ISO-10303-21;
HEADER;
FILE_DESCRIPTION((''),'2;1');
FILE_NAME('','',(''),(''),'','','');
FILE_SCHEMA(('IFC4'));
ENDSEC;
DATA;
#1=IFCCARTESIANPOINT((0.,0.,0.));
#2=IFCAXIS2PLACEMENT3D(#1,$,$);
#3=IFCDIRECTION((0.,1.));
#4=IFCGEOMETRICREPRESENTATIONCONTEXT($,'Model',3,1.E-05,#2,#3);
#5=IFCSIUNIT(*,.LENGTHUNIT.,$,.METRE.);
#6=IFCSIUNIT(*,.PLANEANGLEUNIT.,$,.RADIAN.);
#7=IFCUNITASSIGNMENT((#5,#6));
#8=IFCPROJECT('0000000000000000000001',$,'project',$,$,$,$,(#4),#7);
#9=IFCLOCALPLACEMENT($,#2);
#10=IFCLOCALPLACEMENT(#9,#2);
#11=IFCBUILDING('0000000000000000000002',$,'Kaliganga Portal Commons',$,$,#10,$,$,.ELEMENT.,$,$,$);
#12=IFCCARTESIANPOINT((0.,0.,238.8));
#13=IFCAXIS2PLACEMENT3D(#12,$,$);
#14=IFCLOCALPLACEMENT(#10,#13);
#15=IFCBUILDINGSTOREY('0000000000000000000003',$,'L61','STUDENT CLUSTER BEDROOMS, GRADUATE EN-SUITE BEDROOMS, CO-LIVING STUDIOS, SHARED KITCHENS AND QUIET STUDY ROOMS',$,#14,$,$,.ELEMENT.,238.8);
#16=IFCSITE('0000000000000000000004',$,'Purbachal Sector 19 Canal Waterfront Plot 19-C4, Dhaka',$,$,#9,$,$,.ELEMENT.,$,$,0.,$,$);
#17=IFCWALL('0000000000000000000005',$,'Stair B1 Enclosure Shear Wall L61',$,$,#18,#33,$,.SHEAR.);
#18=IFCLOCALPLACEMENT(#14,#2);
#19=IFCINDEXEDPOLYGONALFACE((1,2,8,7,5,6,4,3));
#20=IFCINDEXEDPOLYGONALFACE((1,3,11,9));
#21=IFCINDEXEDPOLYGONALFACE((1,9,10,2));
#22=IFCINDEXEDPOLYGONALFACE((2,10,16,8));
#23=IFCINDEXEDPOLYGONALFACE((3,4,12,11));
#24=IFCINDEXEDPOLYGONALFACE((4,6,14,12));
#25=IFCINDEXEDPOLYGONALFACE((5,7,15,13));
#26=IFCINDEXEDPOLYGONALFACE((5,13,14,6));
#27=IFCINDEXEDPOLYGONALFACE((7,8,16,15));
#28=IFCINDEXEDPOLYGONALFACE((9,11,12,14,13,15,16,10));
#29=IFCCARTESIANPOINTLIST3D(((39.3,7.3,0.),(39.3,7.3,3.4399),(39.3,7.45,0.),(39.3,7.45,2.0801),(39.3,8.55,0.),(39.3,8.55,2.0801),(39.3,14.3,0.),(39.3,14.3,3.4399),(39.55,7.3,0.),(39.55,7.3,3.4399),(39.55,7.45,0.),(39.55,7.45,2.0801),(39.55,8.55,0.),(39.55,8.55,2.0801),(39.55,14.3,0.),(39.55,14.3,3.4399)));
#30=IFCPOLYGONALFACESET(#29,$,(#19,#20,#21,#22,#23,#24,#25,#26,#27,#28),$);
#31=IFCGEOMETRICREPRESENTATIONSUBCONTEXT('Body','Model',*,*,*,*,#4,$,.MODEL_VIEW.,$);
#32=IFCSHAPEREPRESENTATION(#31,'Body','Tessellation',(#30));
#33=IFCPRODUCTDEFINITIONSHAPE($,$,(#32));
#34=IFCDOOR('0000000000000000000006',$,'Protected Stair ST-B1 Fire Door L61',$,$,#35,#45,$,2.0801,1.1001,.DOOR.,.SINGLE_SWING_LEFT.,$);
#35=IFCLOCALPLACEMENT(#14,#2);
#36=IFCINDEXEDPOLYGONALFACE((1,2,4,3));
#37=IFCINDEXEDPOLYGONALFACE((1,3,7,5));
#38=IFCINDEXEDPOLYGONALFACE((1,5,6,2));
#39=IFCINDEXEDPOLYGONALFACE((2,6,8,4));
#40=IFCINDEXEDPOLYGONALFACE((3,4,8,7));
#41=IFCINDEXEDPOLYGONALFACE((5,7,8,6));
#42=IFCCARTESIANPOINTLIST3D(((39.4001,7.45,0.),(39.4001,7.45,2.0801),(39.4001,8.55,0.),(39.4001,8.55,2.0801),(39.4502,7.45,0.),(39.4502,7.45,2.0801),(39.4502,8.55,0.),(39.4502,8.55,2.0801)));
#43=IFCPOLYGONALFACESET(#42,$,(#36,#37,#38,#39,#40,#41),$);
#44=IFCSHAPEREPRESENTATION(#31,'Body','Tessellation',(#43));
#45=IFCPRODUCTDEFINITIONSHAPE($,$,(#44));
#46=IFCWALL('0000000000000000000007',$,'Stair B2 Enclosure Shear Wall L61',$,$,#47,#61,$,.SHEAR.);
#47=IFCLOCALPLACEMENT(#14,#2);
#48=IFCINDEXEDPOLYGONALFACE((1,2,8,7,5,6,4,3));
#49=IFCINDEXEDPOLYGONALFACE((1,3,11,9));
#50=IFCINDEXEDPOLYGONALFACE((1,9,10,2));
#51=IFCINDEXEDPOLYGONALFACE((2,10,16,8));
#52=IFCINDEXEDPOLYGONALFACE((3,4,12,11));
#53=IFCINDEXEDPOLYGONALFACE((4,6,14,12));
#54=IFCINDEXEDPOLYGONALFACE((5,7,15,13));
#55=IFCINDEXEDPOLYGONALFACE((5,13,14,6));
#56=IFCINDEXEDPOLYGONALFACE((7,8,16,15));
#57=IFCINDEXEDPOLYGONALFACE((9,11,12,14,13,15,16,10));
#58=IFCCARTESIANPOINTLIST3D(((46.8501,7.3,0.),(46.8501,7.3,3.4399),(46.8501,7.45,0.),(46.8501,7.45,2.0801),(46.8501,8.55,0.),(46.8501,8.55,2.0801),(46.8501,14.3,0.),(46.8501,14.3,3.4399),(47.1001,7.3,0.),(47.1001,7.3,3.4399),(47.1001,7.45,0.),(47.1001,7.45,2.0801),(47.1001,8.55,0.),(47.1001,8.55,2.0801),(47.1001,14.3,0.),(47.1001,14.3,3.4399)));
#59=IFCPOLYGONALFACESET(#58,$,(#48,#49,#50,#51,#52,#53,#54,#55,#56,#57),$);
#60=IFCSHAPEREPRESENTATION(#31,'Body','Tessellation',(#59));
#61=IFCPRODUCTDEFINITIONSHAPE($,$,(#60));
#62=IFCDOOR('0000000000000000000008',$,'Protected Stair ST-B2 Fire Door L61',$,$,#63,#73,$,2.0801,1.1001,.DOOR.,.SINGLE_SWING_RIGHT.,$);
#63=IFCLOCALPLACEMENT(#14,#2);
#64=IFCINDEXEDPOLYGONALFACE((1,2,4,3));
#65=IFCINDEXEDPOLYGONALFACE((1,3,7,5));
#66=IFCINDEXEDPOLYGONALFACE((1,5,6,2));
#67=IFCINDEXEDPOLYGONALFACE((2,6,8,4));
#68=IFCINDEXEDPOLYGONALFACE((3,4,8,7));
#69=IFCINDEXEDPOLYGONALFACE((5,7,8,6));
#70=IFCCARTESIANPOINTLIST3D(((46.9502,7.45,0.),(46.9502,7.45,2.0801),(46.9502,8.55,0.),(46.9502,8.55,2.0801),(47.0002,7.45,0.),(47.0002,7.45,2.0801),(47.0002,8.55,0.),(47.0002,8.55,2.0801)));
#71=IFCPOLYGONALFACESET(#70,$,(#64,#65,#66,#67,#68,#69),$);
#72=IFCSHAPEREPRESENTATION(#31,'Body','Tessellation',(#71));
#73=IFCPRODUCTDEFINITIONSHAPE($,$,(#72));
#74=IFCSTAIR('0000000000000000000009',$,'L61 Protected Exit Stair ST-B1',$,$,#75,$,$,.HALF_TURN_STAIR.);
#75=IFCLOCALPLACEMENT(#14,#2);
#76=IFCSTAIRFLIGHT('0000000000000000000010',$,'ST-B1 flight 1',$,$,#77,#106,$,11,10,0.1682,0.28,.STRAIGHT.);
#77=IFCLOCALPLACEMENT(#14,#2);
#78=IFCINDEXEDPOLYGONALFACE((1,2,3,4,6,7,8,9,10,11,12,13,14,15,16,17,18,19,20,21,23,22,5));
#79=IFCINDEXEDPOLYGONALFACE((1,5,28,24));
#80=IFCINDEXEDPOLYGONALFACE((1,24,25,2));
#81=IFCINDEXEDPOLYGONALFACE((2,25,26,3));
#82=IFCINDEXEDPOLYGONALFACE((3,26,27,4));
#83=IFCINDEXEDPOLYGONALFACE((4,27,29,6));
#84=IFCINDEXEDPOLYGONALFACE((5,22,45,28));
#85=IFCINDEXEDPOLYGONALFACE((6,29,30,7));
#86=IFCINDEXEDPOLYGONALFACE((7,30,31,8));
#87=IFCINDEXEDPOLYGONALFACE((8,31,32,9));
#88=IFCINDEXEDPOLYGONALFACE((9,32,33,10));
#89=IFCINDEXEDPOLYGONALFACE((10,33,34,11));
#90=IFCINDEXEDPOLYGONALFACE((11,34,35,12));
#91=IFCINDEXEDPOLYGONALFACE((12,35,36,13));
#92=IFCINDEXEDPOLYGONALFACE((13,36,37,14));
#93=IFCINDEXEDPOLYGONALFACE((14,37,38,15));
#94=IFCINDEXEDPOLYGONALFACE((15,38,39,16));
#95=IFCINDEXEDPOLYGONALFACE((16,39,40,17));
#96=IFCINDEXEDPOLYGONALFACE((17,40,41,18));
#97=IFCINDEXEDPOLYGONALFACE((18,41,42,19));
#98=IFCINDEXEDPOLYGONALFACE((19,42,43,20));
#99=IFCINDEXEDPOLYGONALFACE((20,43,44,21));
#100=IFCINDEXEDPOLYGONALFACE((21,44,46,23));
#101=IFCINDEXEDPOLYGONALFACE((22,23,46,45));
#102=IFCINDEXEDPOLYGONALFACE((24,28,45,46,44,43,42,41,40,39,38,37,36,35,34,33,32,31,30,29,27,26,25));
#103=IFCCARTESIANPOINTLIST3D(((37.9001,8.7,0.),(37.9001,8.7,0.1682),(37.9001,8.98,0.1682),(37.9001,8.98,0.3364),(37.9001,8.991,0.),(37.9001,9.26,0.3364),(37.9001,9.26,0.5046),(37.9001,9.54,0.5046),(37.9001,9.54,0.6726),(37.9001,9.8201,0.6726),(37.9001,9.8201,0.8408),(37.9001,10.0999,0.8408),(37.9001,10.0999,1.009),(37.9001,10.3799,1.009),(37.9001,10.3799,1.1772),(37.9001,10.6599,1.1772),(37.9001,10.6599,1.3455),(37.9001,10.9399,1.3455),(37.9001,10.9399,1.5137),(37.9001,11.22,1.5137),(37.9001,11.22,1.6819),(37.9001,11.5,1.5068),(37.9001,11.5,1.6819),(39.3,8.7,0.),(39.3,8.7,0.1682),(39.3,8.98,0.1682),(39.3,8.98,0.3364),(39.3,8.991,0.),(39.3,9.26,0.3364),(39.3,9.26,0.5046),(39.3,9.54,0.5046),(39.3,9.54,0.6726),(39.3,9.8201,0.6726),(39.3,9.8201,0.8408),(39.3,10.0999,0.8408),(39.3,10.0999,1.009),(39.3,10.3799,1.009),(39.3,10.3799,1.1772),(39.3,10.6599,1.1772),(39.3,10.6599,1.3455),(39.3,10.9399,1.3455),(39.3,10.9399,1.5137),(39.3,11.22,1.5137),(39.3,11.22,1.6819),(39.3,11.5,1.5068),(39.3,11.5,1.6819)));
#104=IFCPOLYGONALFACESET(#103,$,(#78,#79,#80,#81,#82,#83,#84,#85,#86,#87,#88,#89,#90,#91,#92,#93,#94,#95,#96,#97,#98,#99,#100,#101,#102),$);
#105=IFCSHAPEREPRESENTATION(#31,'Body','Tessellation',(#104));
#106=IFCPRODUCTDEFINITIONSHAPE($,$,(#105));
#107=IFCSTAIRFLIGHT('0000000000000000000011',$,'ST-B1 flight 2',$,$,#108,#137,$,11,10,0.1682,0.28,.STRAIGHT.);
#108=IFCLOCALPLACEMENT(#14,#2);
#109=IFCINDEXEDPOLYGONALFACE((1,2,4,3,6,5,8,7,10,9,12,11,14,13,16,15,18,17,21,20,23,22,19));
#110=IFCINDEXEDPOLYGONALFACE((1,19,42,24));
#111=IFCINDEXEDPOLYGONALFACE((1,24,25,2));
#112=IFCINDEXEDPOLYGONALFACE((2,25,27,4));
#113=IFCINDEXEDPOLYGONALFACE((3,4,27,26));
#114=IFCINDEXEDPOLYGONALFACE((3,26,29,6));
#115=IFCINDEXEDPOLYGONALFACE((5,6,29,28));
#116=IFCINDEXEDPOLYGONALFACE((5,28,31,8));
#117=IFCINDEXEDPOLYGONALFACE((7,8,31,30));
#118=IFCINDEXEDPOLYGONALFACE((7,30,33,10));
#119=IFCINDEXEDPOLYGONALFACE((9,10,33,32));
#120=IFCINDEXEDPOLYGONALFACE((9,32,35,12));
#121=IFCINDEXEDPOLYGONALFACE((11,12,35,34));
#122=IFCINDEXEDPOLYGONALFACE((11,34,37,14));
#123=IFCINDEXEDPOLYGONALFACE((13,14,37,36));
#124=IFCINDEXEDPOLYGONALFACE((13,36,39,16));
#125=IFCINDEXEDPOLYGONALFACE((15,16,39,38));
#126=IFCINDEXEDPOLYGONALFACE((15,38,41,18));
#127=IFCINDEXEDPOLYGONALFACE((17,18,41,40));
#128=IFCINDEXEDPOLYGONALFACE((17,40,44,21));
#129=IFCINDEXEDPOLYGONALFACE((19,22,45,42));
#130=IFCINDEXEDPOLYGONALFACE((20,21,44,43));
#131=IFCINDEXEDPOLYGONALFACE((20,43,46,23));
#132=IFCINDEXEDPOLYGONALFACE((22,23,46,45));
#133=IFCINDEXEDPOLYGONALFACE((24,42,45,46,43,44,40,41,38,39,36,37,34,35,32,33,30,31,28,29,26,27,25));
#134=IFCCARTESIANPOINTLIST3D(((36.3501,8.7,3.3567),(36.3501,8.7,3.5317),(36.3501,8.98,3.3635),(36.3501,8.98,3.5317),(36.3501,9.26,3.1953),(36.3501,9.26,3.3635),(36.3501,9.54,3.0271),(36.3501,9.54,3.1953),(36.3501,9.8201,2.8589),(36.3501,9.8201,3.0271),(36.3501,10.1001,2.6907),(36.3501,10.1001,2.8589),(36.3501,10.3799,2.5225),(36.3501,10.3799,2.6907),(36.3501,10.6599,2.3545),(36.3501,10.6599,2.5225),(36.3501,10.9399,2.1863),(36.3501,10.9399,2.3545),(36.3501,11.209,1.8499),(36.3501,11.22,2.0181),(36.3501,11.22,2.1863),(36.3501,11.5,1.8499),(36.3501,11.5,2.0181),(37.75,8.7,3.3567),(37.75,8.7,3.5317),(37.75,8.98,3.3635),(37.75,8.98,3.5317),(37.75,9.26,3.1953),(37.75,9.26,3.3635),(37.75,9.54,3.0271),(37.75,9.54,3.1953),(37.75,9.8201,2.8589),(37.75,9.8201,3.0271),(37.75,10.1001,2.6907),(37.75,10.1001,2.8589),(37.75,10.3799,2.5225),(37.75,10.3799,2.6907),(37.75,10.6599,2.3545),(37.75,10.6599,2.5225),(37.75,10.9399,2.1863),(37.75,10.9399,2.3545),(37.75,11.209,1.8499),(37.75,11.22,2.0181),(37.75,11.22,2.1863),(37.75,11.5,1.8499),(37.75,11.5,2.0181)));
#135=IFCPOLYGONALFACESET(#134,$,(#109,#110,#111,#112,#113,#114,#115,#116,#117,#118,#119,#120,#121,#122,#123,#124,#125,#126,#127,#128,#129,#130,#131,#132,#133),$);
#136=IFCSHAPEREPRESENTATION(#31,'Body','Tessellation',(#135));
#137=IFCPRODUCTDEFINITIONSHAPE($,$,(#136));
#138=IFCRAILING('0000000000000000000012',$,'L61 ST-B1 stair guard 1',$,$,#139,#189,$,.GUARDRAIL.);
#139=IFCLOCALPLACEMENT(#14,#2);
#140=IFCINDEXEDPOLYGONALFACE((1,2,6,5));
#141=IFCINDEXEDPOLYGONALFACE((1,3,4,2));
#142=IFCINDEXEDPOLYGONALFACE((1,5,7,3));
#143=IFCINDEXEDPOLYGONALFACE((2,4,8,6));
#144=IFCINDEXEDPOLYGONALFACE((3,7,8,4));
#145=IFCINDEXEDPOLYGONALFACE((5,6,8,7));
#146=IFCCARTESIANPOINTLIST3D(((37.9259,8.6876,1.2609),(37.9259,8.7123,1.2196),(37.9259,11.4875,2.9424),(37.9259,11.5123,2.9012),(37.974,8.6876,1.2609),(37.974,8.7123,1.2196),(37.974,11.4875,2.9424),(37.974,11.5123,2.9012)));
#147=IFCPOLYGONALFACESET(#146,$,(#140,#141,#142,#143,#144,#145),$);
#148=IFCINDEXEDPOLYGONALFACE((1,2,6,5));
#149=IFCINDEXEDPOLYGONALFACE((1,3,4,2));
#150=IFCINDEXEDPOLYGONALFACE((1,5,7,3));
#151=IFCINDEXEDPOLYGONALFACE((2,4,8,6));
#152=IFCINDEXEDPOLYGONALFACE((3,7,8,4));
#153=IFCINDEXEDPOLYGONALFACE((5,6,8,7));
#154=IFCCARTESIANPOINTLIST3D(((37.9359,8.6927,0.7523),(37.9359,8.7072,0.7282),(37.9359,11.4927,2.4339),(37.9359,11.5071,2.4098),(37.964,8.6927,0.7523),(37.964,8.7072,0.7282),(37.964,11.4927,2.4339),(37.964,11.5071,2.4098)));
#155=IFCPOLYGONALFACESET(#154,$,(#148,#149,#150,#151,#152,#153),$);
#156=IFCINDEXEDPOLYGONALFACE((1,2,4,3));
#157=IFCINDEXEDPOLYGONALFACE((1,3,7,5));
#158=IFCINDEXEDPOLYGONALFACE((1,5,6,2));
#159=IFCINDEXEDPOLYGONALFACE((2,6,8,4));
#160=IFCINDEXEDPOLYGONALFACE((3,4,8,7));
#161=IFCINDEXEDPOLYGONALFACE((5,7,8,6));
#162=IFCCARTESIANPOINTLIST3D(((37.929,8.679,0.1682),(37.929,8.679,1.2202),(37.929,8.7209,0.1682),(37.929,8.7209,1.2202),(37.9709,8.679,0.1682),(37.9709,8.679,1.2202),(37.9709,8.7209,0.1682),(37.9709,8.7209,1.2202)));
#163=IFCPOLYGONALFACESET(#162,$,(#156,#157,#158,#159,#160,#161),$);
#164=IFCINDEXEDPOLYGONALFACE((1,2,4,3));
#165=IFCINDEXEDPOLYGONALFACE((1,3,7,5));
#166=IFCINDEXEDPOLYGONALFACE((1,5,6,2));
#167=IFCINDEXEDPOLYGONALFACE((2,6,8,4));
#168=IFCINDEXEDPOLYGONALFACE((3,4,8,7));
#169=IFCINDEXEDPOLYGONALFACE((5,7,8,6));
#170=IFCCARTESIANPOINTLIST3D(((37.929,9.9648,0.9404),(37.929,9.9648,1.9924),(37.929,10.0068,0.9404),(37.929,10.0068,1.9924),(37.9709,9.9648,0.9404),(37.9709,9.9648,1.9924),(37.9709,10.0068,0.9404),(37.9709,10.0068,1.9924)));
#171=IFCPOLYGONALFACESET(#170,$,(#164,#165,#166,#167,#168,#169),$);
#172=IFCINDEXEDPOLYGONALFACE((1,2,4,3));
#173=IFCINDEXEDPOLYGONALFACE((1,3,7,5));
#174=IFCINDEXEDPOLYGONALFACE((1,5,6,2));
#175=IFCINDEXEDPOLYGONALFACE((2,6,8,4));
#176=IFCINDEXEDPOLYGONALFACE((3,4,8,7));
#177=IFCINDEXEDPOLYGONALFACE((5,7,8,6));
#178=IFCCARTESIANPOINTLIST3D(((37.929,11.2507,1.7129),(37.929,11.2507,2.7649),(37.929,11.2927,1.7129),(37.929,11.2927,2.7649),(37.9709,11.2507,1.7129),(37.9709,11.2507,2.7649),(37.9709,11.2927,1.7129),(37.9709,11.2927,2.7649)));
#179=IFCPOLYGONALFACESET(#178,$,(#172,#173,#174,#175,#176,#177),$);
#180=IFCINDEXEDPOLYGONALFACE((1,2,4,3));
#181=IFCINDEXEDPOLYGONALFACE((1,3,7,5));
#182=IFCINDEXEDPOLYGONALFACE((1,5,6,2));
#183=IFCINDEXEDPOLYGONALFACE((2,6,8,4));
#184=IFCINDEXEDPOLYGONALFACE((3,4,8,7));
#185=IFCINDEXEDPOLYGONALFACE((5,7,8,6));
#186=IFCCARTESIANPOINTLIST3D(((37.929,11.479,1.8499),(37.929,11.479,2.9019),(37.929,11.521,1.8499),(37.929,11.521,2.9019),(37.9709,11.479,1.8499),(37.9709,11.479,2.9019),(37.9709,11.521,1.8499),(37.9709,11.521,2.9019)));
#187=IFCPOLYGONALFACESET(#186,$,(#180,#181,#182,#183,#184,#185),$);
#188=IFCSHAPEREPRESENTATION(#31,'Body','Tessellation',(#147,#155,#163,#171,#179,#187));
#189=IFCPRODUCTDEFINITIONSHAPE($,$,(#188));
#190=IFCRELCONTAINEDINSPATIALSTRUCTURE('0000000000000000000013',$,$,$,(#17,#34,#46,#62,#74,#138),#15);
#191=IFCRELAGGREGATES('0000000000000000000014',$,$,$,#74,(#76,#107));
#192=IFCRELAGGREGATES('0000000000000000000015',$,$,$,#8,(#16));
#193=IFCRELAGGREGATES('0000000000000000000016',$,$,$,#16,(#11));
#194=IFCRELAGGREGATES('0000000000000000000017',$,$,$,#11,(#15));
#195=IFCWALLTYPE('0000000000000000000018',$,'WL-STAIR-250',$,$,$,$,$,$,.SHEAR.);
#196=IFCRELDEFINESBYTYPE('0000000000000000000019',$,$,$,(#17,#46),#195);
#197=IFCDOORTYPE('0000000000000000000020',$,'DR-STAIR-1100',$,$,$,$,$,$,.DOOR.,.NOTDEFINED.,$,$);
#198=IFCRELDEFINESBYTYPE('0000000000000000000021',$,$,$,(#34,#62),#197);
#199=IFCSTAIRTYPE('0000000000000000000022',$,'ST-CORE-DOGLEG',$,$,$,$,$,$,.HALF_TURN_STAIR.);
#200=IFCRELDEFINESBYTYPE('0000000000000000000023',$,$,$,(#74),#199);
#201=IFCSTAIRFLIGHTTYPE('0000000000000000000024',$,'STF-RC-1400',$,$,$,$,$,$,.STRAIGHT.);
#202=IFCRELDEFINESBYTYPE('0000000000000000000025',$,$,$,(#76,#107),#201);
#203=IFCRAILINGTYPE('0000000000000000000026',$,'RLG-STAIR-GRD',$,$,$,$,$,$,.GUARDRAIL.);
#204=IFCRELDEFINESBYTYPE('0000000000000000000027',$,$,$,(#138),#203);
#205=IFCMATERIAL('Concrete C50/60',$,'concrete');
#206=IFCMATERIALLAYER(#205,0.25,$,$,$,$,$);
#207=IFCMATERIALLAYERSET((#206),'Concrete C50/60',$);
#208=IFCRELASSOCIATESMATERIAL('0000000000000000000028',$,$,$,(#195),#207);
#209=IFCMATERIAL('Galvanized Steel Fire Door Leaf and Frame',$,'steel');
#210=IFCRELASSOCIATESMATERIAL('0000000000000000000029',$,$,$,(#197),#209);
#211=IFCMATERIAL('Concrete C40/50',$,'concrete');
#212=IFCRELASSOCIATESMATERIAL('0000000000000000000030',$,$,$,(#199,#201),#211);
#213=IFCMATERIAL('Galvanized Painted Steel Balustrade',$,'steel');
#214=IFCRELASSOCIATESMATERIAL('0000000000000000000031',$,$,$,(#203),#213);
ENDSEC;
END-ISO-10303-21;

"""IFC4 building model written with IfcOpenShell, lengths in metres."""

from ifc_helpers import new_model, si_unit, direction, frame, frame_2d, origin, origin_2d, place, context, subcontext, project, spatial, polyline, rectangle, outline, extrude, material, layer, layer_set, type_object, element, fill, aggregate, save


model = new_model("IFC4")

# Units and contexts
model_context = context("Model", 3, precision=1e-05, world=origin(), true_north=direction((0.0, 1.0)))
body_context = subcontext(model_context, "Body", "Model", "MODEL_VIEW")
ifc_project = project(units=[si_unit("LENGTHUNIT", "METRE"), si_unit("PLANEANGLEUNIT", "RADIAN")], contexts=[model_context])

# Site, building, storey
site_placement = place(None, origin())
site = spatial("IfcSite", under=ifc_project, at=site_placement, Name="Purbachal Sector 19 Canal Waterfront Plot 19-C4, Dhaka", CompositionType="ELEMENT", RefElevation=0.0)
building_placement = place(site_placement, origin())
building = spatial("IfcBuilding", under=site, at=building_placement, Name="Kaliganga Portal Commons", CompositionType="ELEMENT")
storey_placement = place(building_placement, frame((0.0, 0.0, 238.8)))
storey = spatial("IfcBuildingStorey", under=building, at=storey_placement, Name="L61", Description="STUDENT CLUSTER BEDROOMS, GRADUATE EN-SUITE BEDROOMS, CO-LIVING STUDIOS, SHARED KITCHENS AND QUIET STUDY ROOMS", CompositionType="ELEMENT", Elevation=238.8)

# Shared definitions
ifc_material_1 = material(Name="Concrete C50/60", Category="concrete")

# Walls, openings, doors
ifc_layer_1 = layer(ifc_material_1, 0.25)
ifc_layer_set_1 = layer_set([ifc_layer_1], Name="Concrete C50/60")
wall_type_1 = type_object("IfcWallType", Name="WL-STAIR-250", PredefinedType="SHEAR", material=ifc_layer_set_1)
wall_1_placement = place(storey_placement, frame((39.425, 7.3, 0.0), z_axis=(0.0, 0.0, 1.0), x_axis=(0.0, 1.0, 0.0)))
wall_1 = element("IfcWall", 1, at=wall_1_placement, inside=storey, type_object=wall_type_1, Name="Stair B1 Enclosure Shear Wall L61", PredefinedType="SHEAR", context=body_context, shape_type="SweptSolid", body=[
    extrude(rectangle(XDim=7.0, YDim=0.25, at=frame_2d((3.5, 0.0))), origin(), (0.0, 0.0, 1.0), 3.4399),
])
opening_1_placement = place(wall_1_placement, frame((0.1499, 0.0, 0.0)))
opening_1 = element("IfcOpeningElement", 2, at=opening_1_placement, cuts=wall_1, PredefinedType="OPENING", context=body_context, shape_type="SweptSolid", body=[
    extrude(rectangle(XDim=1.1001, YDim=2.0801, at=frame_2d((0.55, 1.04))), frame((0.0, 0.135, 0.0), z_axis=(0.0, -1.0, 0.0), x_axis=(1.0, 0.0, 0.0)), (0.0, 0.0, 1.0), 0.27),
])
ifc_material_2 = material(Name="Galvanized Steel Fire Door Leaf and Frame", Category="steel")
door_type_1 = type_object("IfcDoorType", Name="DR-STAIR-1100", OperationType="NOTDEFINED", PredefinedType="DOOR", material=ifc_material_2)
door_1_placement = place(opening_1_placement, origin())
door_1 = element("IfcDoor", 3, at=door_1_placement, inside=storey, type_object=door_type_1, Name="Protected Stair ST-B1 Fire Door L61", OperationType="SINGLE_SWING_LEFT", OverallHeight=2.0801, OverallWidth=1.1001, PredefinedType="DOOR", context=body_context, shape_type="SweptSolid", body=[
    extrude(rectangle(XDim=1.1001, YDim=2.0801, at=frame_2d((0.55, 1.04))), frame((0.0, 0.0249, 0.0), z_axis=(0.0, -1.0, 0.0), x_axis=(1.0, 0.0, 0.0)), (0.0, 0.0, 1.0), 0.05),
])
fill(opening_1, door_1)
wall_2_placement = place(storey_placement, frame((46.9751, 7.3, 0.0), z_axis=(0.0, 0.0, 1.0), x_axis=(0.0, 1.0, 0.0)))
wall_2 = element("IfcWall", 4, at=wall_2_placement, inside=storey, type_object=wall_type_1, Name="Stair B2 Enclosure Shear Wall L61", PredefinedType="SHEAR", context=body_context, shape_type="SweptSolid", body=[
    extrude(rectangle(XDim=7.0, YDim=0.25, at=frame_2d((3.5, 0.0))), origin(), (0.0, 0.0, 1.0), 3.4399),
])
opening_2_placement = place(wall_2_placement, frame((0.1499, 0.0, 0.0)))
opening_2 = element("IfcOpeningElement", 5, at=opening_2_placement, cuts=wall_2, PredefinedType="OPENING", context=body_context, shape_type="SweptSolid", body=[
    extrude(rectangle(XDim=1.1001, YDim=2.0801, at=frame_2d((0.55, 1.04))), frame((0.0, 0.135, 0.0), z_axis=(0.0, -1.0, 0.0), x_axis=(1.0, 0.0, 0.0)), (0.0, 0.0, 1.0), 0.27),
])
door_2_placement = place(opening_2_placement, origin())
door_2 = element("IfcDoor", 6, at=door_2_placement, inside=storey, type_object=door_type_1, Name="Protected Stair ST-B2 Fire Door L61", OperationType="SINGLE_SWING_RIGHT", OverallHeight=2.0801, OverallWidth=1.1001, PredefinedType="DOOR", context=body_context, shape_type="SweptSolid", body=[
    extrude(rectangle(XDim=1.1001, YDim=2.0801, at=frame_2d((0.55, 1.04))), frame((0.0, 0.0249, 0.0), z_axis=(0.0, -1.0, 0.0), x_axis=(1.0, 0.0, 0.0)), (0.0, 0.0, 1.0), 0.05),
])
fill(opening_2, door_2)

# Stair, stair flights
ifc_material_3 = material(Name="Concrete C40/50", Category="concrete")
stair_type = type_object("IfcStairType", Name="ST-CORE-DOGLEG", PredefinedType="HALF_TURN_STAIR", material=ifc_material_3)
stair_placement = place(storey_placement, origin())
stair = element("IfcStair", 7, at=stair_placement, inside=storey, type_object=stair_type, Name="L61 Protected Exit Stair ST-B1", PredefinedType="HALF_TURN_STAIR")
stair_flight_type = type_object("IfcStairFlightType", Name="STF-RC-1400", PredefinedType="STRAIGHT", material=ifc_material_3)
stair_flight_1_placement = place(storey_placement, frame((38.6001, 8.7, 0.0), z_axis=(0.0, 0.0, 1.0), x_axis=(0.0, 1.0, 0.0)))
stair_flight_1 = element("IfcStairFlight", 8, at=stair_flight_1_placement, type_object=stair_flight_type, Name="ST-B1 flight 1", NumberOfRisers=11, NumberOfTreads=10, PredefinedType="STRAIGHT", RiserHeight=0.1682, TreadLength=0.28, context=body_context, shape_type="SweptSolid", body=[
    extrude(outline(polyline([(0.0, 0.0), (0.0, 0.1682), (0.28, 0.1682), (0.28, 0.3364), (0.5601, 0.3364), (0.5601, 0.5046), (0.8401, 0.5046), (0.8401, 0.6726), (1.1201, 0.6726), (1.1201, 0.8408), (1.3999, 0.8408), (1.3999, 1.009), (1.6799, 1.009), (1.6799, 1.1772), (1.96, 1.1772), (1.96, 1.3455), (2.24, 1.3455), (2.24, 1.5137), (2.52, 1.5137), (2.52, 1.6819), (2.8, 1.6819), (2.8, 1.8501), (2.8, 1.5068), (0.291, 0.0), (0.0, 0.0)])), frame((0.0, 0.7, 0.0), z_axis=(0.0, -1.0, 0.0), x_axis=(1.0, 0.0, 0.0)), (0.0, 0.0, 1.0), 1.3999),
])
stair_flight_2_placement = place(storey_placement, frame((37.05, 11.5, 1.8499), z_axis=(0.0, 0.0, 1.0), x_axis=(0.0, -1.0, 0.0)))
stair_flight_2 = element("IfcStairFlight", 9, at=stair_flight_2_placement, type_object=stair_flight_type, Name="ST-B1 flight 2", NumberOfRisers=11, NumberOfTreads=10, PredefinedType="STRAIGHT", RiserHeight=0.1682, TreadLength=0.28, context=body_context, shape_type="SweptSolid", body=[
    extrude(outline(polyline([(0.0, 0.0), (0.0, 0.1682), (0.28, 0.1682), (0.28, 0.3364), (0.5601, 0.3364), (0.5601, 0.5046), (0.8401, 0.5046), (0.8401, 0.6726), (1.1201, 0.6726), (1.1201, 0.8408), (1.3999, 0.8408), (1.3999, 1.009), (1.6799, 1.009), (1.6799, 1.1772), (1.96, 1.1772), (1.96, 1.3455), (2.24, 1.3455), (2.24, 1.5137), (2.52, 1.5137), (2.52, 1.6819), (2.8, 1.6819), (2.8, 1.8501), (2.8, 1.5068), (0.291, 0.0), (0.0, 0.0)])), frame((0.0, 0.7, 0.0), z_axis=(0.0, -1.0, 0.0), x_axis=(1.0, 0.0, 0.0)), (0.0, 0.0, 1.0), 1.3999),
])
aggregate(stair, [stair_flight_1, stair_flight_2])

# Railing
ifc_material_4 = material(Name="Galvanized Painted Steel Balustrade", Category="steel")
railing_type_1 = type_object("IfcRailingType", Name="RLG-STAIR-GRD", PredefinedType="GUARDRAIL", material=ifc_material_4)
railing_1_placement = place(storey_placement, frame((37.95, 8.7, 0.1682)))
element("IfcRailing", 10, at=railing_1_placement, inside=storey, type_object=railing_type_1, Name="L61 ST-B1 stair guard 1", PredefinedType="GUARDRAIL", context=body_context, shape_type="SweptSolid", body=[
    extrude(rectangle(XDim=0.0481, YDim=0.0481, at=origin_2d()), frame((0.0, 0.0, 1.072), z_axis=(0.0, 0.857275, 0.514858), x_axis=(-1.0, 0.0, 0.0)), (0.0, 0.0, 1.0), 3.2661),
    extrude(rectangle(XDim=0.0281, YDim=0.0281, at=origin_2d()), frame((0.0, 0.0, 0.572), z_axis=(0.0, 0.857275, 0.514858), x_axis=(-1.0, 0.0, 0.0)), (0.0, 0.0, 1.0), 3.2661),
    extrude(rectangle(XDim=0.042, YDim=0.042, at=origin_2d()), origin(), (0.0, 0.0, 1.0), 1.052),
    extrude(rectangle(XDim=0.042, YDim=0.042, at=origin_2d()), frame((0.0, 1.2859, 0.7722)), (0.0, 0.0, 1.0), 1.052),
    extrude(rectangle(XDim=0.042, YDim=0.042, at=origin_2d()), frame((0.0, 2.5718, 1.5447)), (0.0, 0.0, 1.0), 1.052),
    extrude(rectangle(XDim=0.042, YDim=0.042, at=origin_2d()), frame((0.0, 2.8, 1.6816)), (0.0, 0.0, 1.0), 1.052),
])

save(model, "model.ifc")
